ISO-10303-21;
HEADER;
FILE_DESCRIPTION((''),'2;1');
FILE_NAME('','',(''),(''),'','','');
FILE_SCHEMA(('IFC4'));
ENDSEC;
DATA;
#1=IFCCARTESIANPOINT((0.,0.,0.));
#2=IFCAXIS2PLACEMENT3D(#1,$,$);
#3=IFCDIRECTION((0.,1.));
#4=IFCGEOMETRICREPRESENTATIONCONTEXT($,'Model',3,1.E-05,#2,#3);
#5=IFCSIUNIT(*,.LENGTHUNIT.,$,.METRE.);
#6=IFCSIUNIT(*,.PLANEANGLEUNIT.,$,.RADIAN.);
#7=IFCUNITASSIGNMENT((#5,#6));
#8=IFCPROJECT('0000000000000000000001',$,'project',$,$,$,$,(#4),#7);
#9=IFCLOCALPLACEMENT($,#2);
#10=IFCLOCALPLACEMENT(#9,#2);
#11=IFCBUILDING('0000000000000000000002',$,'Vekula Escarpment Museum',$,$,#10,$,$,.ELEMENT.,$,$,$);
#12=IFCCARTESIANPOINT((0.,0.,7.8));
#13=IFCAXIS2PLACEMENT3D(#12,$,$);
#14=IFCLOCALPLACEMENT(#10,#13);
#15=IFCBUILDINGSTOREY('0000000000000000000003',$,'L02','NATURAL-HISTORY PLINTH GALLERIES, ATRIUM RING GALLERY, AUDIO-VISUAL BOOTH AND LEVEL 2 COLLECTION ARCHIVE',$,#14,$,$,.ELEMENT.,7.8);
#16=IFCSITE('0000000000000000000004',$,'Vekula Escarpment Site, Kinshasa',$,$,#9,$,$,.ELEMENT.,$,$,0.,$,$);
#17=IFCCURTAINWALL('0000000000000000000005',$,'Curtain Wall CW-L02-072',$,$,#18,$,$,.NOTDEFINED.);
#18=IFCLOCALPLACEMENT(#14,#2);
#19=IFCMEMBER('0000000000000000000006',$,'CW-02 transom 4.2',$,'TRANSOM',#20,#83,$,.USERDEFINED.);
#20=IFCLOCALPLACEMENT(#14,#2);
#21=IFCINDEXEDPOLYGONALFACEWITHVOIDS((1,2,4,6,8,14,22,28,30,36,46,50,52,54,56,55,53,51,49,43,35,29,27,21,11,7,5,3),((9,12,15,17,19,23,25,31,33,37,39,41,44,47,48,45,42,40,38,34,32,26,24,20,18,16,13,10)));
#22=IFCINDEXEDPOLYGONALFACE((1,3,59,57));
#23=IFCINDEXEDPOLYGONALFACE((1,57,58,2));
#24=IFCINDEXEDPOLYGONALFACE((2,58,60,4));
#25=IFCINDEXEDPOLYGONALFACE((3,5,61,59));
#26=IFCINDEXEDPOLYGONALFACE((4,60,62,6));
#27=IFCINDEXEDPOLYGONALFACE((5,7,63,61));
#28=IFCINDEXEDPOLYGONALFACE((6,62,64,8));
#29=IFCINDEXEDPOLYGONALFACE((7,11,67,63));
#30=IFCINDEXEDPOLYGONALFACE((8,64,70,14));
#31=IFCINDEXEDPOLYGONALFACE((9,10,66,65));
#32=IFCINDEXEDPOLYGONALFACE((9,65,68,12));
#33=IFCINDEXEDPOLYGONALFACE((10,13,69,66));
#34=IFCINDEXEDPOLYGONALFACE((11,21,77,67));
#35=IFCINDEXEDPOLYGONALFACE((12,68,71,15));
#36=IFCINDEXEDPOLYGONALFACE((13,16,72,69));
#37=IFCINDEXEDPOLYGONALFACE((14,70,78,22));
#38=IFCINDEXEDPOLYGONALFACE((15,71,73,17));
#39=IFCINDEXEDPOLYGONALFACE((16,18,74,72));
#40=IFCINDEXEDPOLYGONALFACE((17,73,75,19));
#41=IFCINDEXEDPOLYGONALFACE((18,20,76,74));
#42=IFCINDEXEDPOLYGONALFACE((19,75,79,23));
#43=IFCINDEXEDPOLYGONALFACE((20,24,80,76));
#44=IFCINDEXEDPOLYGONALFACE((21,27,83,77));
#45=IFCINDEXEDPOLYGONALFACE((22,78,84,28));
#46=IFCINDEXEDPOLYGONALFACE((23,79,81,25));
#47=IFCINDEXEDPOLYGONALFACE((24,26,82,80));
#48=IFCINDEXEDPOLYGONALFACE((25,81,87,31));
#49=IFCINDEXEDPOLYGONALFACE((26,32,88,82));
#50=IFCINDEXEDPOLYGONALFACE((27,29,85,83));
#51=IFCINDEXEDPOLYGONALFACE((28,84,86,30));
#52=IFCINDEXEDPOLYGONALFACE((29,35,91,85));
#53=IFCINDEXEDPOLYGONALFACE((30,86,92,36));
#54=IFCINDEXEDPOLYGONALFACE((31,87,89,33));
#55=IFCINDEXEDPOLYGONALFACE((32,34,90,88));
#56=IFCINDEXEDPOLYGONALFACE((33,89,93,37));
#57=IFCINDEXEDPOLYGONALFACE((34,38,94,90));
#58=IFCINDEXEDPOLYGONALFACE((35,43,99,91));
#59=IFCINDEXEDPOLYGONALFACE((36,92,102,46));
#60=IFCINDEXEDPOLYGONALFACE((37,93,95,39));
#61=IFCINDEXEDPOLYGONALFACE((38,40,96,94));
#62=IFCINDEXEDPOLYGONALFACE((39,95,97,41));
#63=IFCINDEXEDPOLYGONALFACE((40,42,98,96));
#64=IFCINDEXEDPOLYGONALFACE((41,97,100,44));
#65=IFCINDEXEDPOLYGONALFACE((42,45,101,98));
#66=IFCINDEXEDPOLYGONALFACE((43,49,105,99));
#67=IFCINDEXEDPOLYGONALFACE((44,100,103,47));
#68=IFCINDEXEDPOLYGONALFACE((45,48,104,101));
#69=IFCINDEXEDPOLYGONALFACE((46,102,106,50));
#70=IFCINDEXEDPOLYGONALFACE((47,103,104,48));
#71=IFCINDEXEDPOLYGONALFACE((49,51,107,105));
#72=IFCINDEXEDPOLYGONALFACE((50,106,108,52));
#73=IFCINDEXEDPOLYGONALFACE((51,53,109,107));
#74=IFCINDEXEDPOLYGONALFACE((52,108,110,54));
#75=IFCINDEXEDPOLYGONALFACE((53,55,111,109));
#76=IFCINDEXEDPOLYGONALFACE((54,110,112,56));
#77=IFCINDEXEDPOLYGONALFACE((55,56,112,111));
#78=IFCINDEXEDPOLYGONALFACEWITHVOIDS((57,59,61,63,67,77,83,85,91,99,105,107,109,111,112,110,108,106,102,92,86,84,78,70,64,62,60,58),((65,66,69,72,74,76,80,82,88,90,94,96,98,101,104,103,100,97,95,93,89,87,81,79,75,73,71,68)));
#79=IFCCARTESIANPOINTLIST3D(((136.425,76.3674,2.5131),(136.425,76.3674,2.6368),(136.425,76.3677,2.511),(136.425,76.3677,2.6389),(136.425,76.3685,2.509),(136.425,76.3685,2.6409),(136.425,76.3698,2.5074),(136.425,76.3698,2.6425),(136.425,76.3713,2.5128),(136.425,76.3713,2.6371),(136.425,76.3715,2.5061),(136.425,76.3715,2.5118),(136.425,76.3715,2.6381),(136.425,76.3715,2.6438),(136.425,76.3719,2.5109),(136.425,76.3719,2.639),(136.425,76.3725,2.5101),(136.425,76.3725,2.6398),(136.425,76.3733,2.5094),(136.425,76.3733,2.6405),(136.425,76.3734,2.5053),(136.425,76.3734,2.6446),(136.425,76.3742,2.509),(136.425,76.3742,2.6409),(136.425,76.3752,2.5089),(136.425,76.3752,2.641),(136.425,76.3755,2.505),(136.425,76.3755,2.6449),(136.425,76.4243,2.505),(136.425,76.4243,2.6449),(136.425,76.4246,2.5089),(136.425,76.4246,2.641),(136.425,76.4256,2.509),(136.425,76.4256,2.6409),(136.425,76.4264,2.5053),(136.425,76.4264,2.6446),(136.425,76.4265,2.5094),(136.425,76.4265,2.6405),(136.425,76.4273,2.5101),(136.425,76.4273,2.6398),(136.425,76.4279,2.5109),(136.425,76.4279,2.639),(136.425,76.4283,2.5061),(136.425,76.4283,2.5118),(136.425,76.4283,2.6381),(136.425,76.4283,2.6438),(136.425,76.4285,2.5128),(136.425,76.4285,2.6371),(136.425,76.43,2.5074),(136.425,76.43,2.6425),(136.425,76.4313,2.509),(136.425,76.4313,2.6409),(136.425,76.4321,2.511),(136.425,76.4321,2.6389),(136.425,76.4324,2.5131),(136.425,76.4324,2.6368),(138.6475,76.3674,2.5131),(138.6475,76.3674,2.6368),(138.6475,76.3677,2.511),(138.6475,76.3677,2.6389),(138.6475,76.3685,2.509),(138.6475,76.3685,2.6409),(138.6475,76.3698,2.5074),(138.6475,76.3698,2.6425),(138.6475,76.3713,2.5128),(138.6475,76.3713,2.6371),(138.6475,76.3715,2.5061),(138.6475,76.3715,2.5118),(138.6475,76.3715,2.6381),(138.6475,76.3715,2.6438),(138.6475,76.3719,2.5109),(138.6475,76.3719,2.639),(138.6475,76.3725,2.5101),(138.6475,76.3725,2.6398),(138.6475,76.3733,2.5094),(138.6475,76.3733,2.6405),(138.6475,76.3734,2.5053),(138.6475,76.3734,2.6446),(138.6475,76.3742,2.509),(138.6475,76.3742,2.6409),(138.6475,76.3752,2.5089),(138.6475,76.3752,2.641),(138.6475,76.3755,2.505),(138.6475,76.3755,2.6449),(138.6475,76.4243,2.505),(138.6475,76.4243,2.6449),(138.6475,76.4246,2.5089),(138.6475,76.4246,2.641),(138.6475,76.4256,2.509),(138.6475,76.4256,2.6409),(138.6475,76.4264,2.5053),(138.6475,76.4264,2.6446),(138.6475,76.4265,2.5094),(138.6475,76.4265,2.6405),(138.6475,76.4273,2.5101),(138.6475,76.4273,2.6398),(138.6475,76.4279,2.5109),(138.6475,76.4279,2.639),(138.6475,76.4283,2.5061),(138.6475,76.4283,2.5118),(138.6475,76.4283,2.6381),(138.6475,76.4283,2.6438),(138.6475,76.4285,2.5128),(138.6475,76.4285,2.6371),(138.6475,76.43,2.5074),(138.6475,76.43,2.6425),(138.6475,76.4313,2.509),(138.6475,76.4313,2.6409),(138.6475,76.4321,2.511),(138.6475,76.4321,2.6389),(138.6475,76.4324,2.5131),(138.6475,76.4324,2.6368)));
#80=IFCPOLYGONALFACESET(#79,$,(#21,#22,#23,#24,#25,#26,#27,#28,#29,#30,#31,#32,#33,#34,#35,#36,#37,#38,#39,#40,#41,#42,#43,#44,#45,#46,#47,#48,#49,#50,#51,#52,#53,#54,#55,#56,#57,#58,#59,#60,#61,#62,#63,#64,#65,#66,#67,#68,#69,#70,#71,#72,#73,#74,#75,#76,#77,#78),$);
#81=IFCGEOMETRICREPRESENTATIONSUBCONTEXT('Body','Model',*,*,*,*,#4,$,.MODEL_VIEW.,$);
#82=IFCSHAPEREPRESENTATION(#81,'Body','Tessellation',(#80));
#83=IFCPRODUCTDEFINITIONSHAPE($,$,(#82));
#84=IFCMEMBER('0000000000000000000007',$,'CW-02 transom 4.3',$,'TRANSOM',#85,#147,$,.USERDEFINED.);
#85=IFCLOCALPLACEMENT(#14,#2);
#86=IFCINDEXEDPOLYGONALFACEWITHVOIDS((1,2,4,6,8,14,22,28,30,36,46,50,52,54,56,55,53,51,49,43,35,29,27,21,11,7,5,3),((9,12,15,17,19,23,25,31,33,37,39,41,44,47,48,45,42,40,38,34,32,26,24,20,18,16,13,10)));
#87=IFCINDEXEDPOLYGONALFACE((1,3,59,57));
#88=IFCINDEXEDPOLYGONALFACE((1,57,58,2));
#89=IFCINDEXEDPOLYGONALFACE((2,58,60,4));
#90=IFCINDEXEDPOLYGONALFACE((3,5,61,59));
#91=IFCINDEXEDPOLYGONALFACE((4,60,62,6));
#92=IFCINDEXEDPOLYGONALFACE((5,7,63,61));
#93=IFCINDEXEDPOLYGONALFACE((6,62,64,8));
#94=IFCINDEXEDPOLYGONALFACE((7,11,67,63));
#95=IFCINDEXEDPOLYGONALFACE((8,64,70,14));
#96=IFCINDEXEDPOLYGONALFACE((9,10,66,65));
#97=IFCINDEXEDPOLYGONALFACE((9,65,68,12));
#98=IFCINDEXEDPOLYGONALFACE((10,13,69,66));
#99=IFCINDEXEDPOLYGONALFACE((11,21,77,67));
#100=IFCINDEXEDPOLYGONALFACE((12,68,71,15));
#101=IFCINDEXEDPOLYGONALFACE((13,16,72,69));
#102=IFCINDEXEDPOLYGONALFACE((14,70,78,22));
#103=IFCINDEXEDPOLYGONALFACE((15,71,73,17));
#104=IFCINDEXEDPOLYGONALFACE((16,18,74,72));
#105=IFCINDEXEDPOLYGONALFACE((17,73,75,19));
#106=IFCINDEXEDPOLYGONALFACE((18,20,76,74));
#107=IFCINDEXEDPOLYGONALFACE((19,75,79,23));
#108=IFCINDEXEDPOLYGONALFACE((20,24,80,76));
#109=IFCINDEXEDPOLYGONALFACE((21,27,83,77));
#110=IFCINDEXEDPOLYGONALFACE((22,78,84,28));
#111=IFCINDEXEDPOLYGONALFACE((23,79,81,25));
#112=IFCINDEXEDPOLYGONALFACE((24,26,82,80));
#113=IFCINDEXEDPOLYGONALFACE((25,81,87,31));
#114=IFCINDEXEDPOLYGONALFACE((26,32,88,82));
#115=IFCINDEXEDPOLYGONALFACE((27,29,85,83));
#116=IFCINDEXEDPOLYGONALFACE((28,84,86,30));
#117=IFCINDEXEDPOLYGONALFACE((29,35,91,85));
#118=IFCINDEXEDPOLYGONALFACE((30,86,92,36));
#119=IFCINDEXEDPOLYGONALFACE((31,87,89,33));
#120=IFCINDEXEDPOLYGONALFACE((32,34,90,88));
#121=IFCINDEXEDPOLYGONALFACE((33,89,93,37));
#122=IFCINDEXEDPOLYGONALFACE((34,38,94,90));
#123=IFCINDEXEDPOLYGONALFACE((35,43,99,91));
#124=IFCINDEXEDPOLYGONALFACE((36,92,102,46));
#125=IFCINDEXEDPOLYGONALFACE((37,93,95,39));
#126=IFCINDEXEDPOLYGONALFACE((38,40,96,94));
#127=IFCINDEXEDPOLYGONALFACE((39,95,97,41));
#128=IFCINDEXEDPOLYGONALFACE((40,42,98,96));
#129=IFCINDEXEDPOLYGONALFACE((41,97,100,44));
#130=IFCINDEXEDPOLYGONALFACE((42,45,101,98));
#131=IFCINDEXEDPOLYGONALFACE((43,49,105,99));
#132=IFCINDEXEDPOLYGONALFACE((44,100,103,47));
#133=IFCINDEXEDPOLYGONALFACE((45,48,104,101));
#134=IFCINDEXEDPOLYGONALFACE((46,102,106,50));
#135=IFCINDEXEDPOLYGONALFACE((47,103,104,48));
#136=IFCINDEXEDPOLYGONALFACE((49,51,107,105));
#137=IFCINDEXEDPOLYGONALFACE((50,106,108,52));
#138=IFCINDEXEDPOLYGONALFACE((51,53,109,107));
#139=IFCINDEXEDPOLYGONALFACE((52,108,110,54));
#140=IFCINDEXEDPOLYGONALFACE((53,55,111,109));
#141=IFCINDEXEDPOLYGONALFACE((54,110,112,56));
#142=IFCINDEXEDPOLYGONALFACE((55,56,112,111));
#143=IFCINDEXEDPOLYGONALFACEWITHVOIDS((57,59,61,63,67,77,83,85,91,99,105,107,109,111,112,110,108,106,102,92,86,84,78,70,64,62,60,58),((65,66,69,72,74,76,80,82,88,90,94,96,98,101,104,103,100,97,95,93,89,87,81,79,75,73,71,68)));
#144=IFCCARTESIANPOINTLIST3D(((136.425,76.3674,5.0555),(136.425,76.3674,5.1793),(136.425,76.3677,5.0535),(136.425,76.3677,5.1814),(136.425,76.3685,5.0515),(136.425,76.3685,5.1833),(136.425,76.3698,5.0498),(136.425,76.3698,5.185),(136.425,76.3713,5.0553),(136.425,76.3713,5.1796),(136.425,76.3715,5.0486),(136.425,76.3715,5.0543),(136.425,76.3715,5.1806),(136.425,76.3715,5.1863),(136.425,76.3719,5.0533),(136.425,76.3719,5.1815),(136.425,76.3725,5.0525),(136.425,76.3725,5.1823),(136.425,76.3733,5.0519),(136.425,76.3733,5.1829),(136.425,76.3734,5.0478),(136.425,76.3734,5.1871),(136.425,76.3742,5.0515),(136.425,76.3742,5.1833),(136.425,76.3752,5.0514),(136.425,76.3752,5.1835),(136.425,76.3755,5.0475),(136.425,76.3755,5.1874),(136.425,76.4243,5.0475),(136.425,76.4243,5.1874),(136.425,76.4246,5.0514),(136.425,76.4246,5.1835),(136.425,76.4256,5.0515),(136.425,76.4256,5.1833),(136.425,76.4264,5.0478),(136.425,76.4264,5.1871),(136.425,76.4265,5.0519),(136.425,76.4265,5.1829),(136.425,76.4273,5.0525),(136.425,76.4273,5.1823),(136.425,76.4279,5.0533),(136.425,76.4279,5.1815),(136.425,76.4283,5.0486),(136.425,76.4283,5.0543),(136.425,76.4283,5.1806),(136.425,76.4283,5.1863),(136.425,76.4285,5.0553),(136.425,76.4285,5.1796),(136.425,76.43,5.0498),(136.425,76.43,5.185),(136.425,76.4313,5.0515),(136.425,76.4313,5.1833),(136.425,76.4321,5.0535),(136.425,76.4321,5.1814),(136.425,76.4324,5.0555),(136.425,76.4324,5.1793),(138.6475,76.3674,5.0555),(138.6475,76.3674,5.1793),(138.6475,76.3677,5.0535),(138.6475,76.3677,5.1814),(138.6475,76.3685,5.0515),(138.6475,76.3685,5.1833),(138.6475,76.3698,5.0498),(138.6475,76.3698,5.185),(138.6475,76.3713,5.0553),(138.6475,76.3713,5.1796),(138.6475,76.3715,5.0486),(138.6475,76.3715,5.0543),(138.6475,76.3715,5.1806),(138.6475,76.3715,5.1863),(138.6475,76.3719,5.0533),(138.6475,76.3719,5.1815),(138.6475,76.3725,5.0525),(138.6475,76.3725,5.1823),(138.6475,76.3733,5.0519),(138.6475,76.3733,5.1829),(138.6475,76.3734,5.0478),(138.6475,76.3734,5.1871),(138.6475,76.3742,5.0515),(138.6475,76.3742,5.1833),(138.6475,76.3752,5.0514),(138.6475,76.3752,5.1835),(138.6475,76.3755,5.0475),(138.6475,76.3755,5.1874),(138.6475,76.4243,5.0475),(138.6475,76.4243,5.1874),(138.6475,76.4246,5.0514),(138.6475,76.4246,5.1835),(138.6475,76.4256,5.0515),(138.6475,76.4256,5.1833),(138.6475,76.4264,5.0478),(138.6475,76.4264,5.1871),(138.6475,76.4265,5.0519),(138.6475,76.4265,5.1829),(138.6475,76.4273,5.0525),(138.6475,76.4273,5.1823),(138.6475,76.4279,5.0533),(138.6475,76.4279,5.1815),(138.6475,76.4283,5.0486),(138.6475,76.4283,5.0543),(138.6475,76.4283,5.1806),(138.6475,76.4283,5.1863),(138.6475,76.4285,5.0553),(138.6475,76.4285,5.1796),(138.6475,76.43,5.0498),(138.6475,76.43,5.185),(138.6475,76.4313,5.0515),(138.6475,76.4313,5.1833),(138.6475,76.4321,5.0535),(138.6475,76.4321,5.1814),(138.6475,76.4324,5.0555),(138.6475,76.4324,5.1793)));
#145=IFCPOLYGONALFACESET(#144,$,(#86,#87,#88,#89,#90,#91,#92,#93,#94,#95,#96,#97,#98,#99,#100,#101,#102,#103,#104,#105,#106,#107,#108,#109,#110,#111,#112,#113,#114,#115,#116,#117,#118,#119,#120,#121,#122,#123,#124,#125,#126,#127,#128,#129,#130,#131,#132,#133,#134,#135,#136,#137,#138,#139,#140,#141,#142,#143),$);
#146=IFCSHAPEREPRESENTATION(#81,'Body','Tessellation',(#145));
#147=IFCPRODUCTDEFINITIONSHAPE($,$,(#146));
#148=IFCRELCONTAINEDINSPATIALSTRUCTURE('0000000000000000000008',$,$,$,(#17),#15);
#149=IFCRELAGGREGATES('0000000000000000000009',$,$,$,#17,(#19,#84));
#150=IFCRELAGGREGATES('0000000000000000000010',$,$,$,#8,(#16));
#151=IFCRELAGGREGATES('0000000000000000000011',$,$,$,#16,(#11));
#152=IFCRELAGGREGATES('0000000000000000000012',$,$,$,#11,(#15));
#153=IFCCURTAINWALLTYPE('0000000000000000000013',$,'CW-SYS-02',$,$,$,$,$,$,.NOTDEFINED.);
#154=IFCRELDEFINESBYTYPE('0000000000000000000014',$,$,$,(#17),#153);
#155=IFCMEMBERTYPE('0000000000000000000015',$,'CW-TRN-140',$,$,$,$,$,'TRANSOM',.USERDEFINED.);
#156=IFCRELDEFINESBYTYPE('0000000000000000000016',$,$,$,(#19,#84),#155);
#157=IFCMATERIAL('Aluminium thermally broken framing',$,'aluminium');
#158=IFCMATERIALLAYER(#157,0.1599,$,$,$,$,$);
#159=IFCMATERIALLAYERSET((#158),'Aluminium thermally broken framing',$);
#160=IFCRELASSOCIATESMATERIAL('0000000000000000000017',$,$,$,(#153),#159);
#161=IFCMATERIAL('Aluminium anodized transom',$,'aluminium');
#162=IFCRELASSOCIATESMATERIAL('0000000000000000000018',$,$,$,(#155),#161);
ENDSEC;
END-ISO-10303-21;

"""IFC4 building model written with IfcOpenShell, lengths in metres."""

from ifc_helpers import new_model, si_unit, direction, frame, origin, origin_2d, place, context, subcontext, project, spatial, hollow_rectangle, extrude, material, layer, layer_set, material_profile, profile_set, type_object, element, aggregate, save


model = new_model("IFC4")

# Units and contexts
model_context = context("Model", 3, precision=1e-05, world=origin(), true_north=direction((0.0, 1.0)))
body_context = subcontext(model_context, "Body", "Model", "MODEL_VIEW")
ifc_project = project(units=[si_unit("LENGTHUNIT", "METRE"), si_unit("PLANEANGLEUNIT", "RADIAN")], contexts=[model_context])

# Site, building, storey
site_placement = place(None, origin())
site = spatial("IfcSite", under=ifc_project, at=site_placement, Name="Vekula Escarpment Site, Kinshasa", CompositionType="ELEMENT", RefElevation=0.0)
building_placement = place(site_placement, origin())
building = spatial("IfcBuilding", under=site, at=building_placement, Name="Vekula Escarpment Museum", CompositionType="ELEMENT")
storey_placement = place(building_placement, frame((0.0, 0.0, 7.8)))
storey = spatial("IfcBuildingStorey", under=building, at=storey_placement, Name="L02", Description="NATURAL-HISTORY PLINTH GALLERIES, ATRIUM RING GALLERY, AUDIO-VISUAL BOOTH AND LEVEL 2 COLLECTION ARCHIVE", CompositionType="ELEMENT", Elevation=7.8)

# Curtain wall
ifc_material_1 = material(Name="Aluminium thermally broken framing", Category="aluminium")
ifc_layer_1 = layer(ifc_material_1, 0.1599)
ifc_layer_set_1 = layer_set([ifc_layer_1], Name="Aluminium thermally broken framing")
curtain_wall_type_1 = type_object("IfcCurtainWallType", Name="CW-SYS-02", PredefinedType="NOTDEFINED", material=ifc_layer_set_1)
curtain_wall_1_placement = place(storey_placement, origin())
curtain_wall_1 = element("IfcCurtainWall", 1, at=curtain_wall_1_placement, inside=storey, type_object=curtain_wall_type_1, Name="Curtain Wall CW-L02-072", PredefinedType="NOTDEFINED")

# Members
ifc_material_2 = material(Name="Aluminium anodized transom", Category="aluminium")
ifc_material_profile_1 = material_profile(ifc_material_2, hollow_rectangle(XDim=0.0649, YDim=0.1399, WallThickness=0.0039, InnerFilletRadius=0.0039, OuterFilletRadius=0.0081, at=origin_2d()), Name="ALU 140x65x4")
ifc_profile_set_1 = profile_set([ifc_material_profile_1], Name="Aluminium anodized transom")
member_type_1 = type_object("IfcMemberType", Name="CW-TRN-140", ElementType="TRANSOM", PredefinedType="USERDEFINED", material=ifc_profile_set_1)
member_1_placement = place(storey_placement, frame((138.6475, 76.3999, 2.575), z_axis=(-1.0, 0.0, 0.0), x_axis=(0.0, -1.0, 0.0)))
member_1 = element("IfcMember", 2, at=member_1_placement, type_object=member_type_1, Name="CW-02 transom 4.2", ObjectType="TRANSOM", PredefinedType="USERDEFINED", context=body_context, shape_type="SweptSolid", body=[
    extrude(hollow_rectangle(XDim=0.0649, YDim=0.1399, WallThickness=0.0039, InnerFilletRadius=0.0039, OuterFilletRadius=0.0081, at=origin_2d()), origin(), (0.0, 0.0, 1.0), 2.2224),
])
member_2_placement = place(storey_placement, frame((138.6475, 76.3999, 5.1174), z_axis=(-1.0, 0.0, 0.0), x_axis=(0.0, -1.0, 0.0)))
member_2 = element("IfcMember", 3, at=member_2_placement, type_object=member_type_1, Name="CW-02 transom 4.3", ObjectType="TRANSOM", PredefinedType="USERDEFINED", context=body_context, shape_type="SweptSolid", body=[
    extrude(hollow_rectangle(XDim=0.0649, YDim=0.1399, WallThickness=0.0039, InnerFilletRadius=0.0039, OuterFilletRadius=0.0081, at=origin_2d()), origin(), (0.0, 0.0, 1.0), 2.2224),
])

aggregate(curtain_wall_1, [member_1, member_2])

save(model, "model.ifc")
